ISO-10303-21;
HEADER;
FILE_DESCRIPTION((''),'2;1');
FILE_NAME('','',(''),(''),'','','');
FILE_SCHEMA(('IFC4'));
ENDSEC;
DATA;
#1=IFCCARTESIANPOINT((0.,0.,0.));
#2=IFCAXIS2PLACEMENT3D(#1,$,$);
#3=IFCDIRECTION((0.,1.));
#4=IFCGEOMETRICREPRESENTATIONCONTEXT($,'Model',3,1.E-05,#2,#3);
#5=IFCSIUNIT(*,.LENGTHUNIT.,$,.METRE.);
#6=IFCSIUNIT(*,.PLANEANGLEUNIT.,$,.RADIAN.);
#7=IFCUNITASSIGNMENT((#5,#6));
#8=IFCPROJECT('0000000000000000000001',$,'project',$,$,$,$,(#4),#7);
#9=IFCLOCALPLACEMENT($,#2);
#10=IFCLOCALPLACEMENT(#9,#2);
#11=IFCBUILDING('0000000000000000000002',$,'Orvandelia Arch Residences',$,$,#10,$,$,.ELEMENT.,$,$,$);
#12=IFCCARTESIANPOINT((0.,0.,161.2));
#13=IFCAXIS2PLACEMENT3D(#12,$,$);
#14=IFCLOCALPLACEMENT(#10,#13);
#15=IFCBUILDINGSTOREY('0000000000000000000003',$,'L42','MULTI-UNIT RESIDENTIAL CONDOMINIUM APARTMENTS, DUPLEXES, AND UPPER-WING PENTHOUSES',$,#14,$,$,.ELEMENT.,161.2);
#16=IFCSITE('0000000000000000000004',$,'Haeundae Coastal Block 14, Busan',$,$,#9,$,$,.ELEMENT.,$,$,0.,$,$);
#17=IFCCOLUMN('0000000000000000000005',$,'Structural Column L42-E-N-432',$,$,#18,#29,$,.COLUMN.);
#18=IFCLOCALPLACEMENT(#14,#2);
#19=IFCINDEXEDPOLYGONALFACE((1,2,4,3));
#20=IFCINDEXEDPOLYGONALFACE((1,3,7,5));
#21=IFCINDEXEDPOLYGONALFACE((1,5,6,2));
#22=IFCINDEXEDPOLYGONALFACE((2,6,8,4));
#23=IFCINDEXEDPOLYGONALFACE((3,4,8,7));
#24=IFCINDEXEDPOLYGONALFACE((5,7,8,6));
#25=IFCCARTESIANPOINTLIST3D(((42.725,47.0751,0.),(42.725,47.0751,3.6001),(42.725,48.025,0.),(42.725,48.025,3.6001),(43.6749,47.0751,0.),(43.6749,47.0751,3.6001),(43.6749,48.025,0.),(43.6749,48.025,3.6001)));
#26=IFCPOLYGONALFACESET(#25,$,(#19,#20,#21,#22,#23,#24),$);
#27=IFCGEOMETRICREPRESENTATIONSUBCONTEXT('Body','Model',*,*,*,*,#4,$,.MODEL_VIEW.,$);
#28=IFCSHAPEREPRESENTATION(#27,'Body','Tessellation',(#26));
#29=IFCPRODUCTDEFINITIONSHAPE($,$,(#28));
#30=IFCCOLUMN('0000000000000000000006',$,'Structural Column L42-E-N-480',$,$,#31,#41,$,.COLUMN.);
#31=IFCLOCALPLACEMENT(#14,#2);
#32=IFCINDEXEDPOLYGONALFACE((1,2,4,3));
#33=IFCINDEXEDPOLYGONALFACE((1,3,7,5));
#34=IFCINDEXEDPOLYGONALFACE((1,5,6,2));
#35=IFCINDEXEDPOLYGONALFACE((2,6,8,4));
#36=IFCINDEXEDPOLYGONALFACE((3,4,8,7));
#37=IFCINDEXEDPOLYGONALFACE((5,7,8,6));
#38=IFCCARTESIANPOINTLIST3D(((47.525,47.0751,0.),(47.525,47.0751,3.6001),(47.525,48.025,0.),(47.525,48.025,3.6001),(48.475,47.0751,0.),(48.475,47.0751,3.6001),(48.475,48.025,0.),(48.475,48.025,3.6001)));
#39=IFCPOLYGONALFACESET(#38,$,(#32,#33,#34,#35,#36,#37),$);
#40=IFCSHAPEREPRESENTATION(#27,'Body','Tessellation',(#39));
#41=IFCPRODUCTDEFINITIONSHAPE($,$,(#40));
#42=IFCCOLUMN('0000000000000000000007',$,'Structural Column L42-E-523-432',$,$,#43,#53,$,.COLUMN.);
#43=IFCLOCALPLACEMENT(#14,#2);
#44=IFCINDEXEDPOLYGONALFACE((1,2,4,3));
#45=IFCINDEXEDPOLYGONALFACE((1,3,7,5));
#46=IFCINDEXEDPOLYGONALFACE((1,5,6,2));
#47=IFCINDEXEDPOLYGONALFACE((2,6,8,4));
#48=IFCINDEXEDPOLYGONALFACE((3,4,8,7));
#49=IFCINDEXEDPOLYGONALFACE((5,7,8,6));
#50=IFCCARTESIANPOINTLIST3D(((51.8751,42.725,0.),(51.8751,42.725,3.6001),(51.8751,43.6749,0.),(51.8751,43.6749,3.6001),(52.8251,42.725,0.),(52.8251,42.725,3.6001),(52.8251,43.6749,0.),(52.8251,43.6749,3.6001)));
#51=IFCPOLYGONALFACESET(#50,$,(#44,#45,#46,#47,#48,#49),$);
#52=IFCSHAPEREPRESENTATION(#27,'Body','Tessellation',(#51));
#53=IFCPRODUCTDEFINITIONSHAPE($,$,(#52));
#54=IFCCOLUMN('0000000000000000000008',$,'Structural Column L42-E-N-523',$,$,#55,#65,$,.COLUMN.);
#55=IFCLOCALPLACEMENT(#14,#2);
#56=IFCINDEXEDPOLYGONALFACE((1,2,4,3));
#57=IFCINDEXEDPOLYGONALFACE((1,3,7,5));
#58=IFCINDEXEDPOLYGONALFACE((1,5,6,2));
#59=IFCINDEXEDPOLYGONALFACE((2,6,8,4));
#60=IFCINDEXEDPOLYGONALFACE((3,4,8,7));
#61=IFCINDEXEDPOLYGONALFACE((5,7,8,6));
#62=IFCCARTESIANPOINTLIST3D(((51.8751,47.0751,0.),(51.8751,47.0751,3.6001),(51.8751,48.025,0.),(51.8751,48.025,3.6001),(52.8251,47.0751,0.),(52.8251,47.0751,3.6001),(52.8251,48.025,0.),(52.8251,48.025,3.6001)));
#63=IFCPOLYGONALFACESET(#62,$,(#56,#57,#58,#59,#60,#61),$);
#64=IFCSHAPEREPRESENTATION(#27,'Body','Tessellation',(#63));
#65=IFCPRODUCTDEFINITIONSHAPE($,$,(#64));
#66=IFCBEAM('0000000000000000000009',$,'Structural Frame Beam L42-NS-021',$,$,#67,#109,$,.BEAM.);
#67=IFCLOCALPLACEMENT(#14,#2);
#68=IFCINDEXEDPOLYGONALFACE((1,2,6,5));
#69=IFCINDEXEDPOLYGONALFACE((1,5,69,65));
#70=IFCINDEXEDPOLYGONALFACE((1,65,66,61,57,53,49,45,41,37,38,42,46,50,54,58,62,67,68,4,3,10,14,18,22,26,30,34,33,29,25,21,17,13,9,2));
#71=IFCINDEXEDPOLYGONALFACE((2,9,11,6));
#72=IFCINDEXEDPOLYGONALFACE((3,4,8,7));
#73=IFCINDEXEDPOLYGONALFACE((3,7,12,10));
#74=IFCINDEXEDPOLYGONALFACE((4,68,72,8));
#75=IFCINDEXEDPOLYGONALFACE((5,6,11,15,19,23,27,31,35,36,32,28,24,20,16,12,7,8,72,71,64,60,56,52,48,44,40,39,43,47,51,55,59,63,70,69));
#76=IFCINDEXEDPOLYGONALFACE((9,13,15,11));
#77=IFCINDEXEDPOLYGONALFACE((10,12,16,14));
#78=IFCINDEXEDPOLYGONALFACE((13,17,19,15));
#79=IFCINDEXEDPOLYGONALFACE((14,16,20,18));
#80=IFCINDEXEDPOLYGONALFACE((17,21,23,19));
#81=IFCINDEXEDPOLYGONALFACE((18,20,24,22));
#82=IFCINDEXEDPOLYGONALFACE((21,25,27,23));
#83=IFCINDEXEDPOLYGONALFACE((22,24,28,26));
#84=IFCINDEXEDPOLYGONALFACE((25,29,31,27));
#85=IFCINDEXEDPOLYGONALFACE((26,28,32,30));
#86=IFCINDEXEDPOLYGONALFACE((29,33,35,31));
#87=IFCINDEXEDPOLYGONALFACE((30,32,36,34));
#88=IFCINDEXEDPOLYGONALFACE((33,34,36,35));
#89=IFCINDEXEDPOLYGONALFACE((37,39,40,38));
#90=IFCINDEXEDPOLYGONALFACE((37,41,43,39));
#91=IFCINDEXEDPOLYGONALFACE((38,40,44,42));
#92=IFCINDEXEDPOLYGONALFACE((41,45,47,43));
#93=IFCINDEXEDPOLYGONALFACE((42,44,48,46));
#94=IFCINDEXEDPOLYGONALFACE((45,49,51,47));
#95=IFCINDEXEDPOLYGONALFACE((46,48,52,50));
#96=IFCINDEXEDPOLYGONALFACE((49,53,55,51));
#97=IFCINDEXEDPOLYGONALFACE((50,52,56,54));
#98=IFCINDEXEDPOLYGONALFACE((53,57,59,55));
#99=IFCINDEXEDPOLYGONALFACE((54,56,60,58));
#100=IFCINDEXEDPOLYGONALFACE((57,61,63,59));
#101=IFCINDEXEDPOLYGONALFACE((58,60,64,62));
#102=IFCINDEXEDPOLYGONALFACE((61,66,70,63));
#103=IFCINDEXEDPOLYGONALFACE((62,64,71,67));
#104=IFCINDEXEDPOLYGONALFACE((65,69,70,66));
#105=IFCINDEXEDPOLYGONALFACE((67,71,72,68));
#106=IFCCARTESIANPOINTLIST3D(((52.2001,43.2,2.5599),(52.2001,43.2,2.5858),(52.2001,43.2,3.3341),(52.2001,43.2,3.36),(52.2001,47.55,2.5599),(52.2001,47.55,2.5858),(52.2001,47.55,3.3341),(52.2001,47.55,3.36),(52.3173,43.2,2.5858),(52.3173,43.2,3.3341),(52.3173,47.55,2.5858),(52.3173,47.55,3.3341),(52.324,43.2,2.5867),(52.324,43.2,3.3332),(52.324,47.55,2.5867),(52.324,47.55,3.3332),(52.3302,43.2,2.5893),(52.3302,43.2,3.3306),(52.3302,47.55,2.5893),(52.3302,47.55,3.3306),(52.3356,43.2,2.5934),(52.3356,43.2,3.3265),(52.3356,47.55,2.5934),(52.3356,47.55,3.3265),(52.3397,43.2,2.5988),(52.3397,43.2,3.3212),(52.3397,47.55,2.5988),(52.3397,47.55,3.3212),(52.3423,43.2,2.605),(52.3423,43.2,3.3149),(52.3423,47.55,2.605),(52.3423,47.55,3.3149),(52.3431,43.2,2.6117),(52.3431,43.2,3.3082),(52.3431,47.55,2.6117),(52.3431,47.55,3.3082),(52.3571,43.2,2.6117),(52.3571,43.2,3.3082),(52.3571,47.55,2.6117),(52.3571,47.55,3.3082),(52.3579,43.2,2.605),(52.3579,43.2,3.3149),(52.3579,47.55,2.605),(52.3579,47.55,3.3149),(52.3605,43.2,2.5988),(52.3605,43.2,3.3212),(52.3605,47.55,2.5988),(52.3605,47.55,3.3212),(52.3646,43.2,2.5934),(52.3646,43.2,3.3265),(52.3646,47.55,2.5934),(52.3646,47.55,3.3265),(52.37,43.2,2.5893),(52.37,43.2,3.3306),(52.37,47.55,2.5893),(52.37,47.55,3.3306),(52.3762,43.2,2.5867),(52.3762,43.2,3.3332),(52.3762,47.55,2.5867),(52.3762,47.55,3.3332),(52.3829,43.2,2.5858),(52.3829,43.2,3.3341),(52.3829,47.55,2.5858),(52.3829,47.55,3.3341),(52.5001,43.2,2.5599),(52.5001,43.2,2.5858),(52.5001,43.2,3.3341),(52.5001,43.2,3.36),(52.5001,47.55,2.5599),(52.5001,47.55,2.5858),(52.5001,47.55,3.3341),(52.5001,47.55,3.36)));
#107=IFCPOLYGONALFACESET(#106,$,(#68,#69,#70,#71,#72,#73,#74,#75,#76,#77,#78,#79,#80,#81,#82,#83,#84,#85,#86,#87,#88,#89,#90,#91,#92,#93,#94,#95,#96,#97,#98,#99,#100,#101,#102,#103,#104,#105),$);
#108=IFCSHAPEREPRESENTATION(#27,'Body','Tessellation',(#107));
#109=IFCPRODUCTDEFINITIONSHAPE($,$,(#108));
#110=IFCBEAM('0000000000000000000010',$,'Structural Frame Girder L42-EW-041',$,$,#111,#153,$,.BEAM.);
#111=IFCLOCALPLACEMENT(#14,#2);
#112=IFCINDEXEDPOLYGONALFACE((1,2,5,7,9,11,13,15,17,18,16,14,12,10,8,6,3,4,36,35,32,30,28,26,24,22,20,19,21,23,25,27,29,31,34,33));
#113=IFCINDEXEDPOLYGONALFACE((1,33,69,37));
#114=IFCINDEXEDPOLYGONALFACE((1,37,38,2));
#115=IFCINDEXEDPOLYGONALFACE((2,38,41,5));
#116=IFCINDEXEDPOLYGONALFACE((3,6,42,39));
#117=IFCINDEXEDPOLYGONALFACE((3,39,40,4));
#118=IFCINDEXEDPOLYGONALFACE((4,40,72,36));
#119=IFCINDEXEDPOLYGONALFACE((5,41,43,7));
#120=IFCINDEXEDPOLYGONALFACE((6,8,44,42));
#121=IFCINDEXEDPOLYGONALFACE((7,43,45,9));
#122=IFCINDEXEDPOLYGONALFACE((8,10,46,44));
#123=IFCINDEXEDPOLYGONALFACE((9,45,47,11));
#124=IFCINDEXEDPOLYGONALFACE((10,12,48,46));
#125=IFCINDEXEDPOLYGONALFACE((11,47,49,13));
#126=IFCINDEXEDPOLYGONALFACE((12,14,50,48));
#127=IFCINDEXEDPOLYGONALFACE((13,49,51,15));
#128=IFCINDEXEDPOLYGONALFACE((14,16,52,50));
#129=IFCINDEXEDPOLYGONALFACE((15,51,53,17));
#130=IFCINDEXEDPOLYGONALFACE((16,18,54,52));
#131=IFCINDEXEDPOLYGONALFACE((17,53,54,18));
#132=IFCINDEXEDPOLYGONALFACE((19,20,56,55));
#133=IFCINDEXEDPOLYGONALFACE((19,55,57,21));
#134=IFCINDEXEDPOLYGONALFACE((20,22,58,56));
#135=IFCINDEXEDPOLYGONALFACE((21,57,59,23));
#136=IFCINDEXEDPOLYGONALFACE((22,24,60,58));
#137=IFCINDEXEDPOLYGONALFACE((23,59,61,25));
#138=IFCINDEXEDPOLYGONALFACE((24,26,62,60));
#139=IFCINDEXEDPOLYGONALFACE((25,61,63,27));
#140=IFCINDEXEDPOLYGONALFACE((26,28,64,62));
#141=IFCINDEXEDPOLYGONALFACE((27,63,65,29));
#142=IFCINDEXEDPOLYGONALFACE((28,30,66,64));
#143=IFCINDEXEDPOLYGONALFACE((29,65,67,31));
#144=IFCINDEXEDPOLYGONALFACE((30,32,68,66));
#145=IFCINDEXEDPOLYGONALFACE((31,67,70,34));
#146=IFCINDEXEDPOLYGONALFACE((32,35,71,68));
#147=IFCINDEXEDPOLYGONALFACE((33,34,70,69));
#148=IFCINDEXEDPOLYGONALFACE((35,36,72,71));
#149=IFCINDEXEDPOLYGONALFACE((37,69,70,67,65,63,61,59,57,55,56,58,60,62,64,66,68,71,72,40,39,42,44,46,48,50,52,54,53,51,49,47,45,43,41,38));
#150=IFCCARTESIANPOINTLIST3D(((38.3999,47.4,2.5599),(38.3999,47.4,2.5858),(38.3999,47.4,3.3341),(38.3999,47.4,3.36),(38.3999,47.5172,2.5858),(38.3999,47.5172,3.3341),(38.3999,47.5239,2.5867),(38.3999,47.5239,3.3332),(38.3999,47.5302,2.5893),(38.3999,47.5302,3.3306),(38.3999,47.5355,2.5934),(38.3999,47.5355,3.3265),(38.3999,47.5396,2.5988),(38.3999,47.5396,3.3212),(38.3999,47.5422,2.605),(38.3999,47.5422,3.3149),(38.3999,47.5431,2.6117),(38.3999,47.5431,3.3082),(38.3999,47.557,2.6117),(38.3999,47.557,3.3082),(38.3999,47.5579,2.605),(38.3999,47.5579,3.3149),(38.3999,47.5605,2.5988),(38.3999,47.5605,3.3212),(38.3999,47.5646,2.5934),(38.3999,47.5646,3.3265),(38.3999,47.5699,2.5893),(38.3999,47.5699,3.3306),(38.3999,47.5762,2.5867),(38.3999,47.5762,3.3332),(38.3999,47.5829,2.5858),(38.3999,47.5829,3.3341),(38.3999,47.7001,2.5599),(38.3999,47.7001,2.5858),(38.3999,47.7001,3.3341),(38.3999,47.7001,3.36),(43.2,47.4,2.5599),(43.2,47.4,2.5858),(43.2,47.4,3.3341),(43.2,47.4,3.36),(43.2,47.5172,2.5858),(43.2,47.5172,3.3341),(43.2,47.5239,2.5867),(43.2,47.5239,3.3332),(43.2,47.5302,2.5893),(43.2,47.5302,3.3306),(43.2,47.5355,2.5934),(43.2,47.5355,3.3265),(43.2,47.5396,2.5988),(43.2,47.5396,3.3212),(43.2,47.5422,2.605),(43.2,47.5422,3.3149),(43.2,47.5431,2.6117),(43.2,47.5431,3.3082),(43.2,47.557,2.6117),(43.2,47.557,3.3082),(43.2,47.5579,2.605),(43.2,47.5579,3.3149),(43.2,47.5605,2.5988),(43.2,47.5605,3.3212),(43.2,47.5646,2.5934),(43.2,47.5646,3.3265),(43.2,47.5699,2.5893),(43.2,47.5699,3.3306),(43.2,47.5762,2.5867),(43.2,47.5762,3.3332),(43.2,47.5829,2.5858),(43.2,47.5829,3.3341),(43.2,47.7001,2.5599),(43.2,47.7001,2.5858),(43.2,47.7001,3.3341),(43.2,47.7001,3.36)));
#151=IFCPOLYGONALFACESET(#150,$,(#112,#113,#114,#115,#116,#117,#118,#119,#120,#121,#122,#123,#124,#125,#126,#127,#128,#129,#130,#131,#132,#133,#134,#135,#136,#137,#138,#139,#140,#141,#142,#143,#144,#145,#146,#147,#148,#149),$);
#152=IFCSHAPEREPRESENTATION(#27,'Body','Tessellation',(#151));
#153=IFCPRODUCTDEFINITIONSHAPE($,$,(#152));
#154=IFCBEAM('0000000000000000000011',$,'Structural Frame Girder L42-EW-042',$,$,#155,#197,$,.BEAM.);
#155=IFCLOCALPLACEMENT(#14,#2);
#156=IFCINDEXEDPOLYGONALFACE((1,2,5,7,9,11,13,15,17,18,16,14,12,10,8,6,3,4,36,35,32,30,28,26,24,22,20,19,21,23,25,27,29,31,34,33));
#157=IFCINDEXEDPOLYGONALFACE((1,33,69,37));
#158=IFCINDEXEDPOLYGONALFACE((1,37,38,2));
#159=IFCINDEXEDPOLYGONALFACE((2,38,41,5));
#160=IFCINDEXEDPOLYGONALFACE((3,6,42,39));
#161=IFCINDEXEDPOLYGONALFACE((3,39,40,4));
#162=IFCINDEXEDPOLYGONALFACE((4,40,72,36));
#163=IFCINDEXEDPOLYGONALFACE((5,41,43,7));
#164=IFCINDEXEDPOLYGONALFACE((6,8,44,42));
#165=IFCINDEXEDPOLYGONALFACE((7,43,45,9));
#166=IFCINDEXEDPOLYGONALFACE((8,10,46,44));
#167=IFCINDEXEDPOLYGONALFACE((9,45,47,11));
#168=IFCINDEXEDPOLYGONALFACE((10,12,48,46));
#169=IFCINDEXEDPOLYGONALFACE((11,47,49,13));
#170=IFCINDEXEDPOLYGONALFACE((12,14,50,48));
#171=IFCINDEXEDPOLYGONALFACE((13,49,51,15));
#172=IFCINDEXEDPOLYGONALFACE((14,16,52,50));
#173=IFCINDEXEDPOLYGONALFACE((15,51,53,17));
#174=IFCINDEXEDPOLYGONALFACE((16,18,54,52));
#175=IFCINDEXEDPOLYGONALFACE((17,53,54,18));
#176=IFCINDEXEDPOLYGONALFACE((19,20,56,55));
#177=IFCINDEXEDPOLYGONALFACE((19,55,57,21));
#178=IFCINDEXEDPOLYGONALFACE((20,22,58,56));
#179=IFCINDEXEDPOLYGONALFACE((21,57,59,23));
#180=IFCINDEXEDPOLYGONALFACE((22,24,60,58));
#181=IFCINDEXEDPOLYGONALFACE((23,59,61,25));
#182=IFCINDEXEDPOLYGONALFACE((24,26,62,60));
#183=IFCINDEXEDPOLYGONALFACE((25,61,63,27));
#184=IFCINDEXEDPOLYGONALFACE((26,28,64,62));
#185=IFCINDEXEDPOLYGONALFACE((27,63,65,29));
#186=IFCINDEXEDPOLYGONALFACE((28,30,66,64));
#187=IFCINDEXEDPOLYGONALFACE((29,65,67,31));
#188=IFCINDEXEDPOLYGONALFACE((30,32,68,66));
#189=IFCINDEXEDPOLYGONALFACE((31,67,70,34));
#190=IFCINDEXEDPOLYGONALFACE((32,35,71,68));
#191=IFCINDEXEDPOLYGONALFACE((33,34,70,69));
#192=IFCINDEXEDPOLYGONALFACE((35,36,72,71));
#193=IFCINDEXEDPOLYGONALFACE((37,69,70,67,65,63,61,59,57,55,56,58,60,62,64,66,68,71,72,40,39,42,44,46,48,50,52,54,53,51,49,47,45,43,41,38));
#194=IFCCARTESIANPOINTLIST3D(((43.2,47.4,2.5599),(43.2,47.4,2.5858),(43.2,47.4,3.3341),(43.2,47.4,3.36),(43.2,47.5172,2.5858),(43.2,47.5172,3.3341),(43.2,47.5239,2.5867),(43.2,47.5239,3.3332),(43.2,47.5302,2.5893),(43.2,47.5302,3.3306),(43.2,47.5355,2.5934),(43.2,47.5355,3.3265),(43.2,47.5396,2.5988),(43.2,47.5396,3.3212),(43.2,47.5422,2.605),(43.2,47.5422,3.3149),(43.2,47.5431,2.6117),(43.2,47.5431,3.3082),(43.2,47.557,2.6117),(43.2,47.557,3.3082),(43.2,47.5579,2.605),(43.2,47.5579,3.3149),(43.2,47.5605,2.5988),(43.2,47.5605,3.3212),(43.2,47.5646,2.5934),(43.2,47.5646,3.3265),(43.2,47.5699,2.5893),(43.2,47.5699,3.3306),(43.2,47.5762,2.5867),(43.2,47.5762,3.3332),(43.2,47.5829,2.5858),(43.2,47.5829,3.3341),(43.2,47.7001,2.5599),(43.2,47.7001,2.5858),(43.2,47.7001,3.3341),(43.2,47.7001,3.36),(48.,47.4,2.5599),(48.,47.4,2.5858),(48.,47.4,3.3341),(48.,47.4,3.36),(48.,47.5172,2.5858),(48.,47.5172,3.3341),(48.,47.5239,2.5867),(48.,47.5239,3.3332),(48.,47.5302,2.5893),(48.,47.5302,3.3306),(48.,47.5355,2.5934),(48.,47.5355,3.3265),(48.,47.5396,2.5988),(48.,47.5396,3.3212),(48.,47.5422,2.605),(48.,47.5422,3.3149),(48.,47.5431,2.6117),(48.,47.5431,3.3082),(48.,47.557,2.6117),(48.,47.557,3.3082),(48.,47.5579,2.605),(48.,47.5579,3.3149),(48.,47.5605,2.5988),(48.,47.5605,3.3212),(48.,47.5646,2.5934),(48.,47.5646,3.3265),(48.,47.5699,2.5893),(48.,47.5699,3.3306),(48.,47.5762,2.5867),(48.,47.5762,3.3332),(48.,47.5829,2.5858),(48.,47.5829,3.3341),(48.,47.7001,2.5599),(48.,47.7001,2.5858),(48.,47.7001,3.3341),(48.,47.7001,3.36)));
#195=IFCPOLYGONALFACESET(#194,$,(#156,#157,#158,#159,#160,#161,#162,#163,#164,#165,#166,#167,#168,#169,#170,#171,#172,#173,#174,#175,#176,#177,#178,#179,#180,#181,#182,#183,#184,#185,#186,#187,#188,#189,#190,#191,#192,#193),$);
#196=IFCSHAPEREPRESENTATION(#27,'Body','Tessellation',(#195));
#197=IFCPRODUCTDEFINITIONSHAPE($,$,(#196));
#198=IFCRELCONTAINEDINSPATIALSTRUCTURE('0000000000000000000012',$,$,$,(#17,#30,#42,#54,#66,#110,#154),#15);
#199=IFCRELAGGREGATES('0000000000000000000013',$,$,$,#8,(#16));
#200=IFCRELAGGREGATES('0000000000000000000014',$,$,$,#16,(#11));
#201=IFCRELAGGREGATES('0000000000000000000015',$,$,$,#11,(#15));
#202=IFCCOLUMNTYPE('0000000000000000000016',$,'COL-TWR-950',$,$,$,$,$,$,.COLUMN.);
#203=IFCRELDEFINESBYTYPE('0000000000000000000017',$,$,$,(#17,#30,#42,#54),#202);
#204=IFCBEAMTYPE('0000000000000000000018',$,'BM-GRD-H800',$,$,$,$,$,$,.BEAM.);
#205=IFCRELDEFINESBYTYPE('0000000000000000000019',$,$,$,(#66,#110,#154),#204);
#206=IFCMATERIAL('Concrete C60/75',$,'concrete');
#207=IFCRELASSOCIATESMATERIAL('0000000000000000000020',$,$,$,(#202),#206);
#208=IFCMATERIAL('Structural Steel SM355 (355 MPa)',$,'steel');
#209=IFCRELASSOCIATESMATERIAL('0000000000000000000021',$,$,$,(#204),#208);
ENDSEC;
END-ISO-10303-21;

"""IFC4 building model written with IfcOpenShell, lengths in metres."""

from ifc_helpers import new_model, si_unit, direction, frame, origin, origin_2d, place, context, subcontext, project, spatial, rectangle, i_section, extrude, material, material_profile, profile_set, type_object, element, save


model = new_model("IFC4")

# Units and contexts
model_context = context("Model", 3, precision=1e-05, world=origin(), true_north=direction((0.0, 1.0)))
body_context = subcontext(model_context, "Body", "Model", "MODEL_VIEW")
ifc_project = project(units=[si_unit("LENGTHUNIT", "METRE"), si_unit("PLANEANGLEUNIT", "RADIAN")], contexts=[model_context])

# Site, building, storey
site_placement = place(None, origin())
site = spatial("IfcSite", under=ifc_project, at=site_placement, Name="Haeundae Coastal Block 14, Busan", CompositionType="ELEMENT", RefElevation=0.0)
building_placement = place(site_placement, origin())
building = spatial("IfcBuilding", under=site, at=building_placement, Name="Orvandelia Arch Residences", CompositionType="ELEMENT")
storey_placement = place(building_placement, frame((0.0, 0.0, 161.2)))
storey = spatial("IfcBuildingStorey", under=building, at=storey_placement, Name="L42", Description="MULTI-UNIT RESIDENTIAL CONDOMINIUM APARTMENTS, DUPLEXES, AND UPPER-WING PENTHOUSES", CompositionType="ELEMENT", Elevation=161.2)

# Columns
ifc_material_1 = material(Name="Concrete C60/75", Category="concrete")
ifc_material_profile_1 = material_profile(ifc_material_1, rectangle(XDim=0.95, YDim=0.95, at=origin_2d()), Name="Concrete C60/75", Category="concrete")
ifc_profile_set_1 = profile_set([ifc_material_profile_1], Name="Concrete C60/75")
column_type = type_object("IfcColumnType", Name="COL-TWR-950", PredefinedType="COLUMN", material=ifc_profile_set_1)
for number, where, z_axis, x_axis, name in (
    (1, (43.2, 47.55, 0.0), (0.0, 0.0, 1.0), (1.0, 0.0, 0.0), "Structural Column L42-E-N-432"),
    (2, (48.0, 47.55, 0.0), (0.0, 0.0, 1.0), (1.0, 0.0, 0.0), "Structural Column L42-E-N-480"),
    (3, (52.3501, 43.2, 0.0), (0.0, 0.0, 1.0), (1.0, 0.0, 0.0), "Structural Column L42-E-523-432"),
    (4, (52.3501, 47.55, 0.0), (0.0, 0.0, 1.0), (1.0, 0.0, 0.0), "Structural Column L42-E-N-523"),
):
    element("IfcColumn", number, at=place(storey_placement, frame(where, z_axis=z_axis, x_axis=x_axis)), inside=storey, type_object=column_type, Name=name, PredefinedType="COLUMN", context=body_context, shape_type="SweptSolid", body=[
        extrude(rectangle(XDim=0.95, YDim=0.95, at=origin_2d()), origin(), (0.0, 0.0, 1.0), 3.6001),
    ])

# Beams
ifc_material_2 = material(Name="Structural Steel SM355 (355 MPa)", Category="steel")
ifc_material_profile_2 = material_profile(ifc_material_2, i_section(OverallWidth=0.3, OverallDepth=0.8, WebThickness=0.0139, FlangeThickness=0.0259, FilletRadius=0.0259, at=origin_2d()), Name="Structural Steel SM355 (355 MPa)", Category="steel")
ifc_profile_set_2 = profile_set([ifc_material_profile_2], Name="Structural Steel SM355 (355 MPa)")
beam_type = type_object("IfcBeamType", Name="BM-GRD-H800", PredefinedType="BEAM", material=ifc_profile_set_2)
beam_1_placement = place(storey_placement, frame((52.3501, 43.2, 2.96), z_axis=(0.0, 1.0, 0.0), x_axis=(-1.0, 0.0, 0.0)))
element("IfcBeam", 5, at=beam_1_placement, inside=storey, type_object=beam_type, Name="Structural Frame Beam L42-NS-021", PredefinedType="BEAM", context=body_context, shape_type="SweptSolid", body=[
    extrude(i_section(OverallWidth=0.3, OverallDepth=0.8, WebThickness=0.0139, FlangeThickness=0.0259, FilletRadius=0.0259, at=origin_2d()), origin(), (0.0, 0.0, 1.0), 4.3501),
])
for number, where, z_axis, x_axis, name in (
    (6, (38.3999, 47.55, 2.96), (1.0, 0.0, 0.0), (0.0, 1.0, 0.0), "Structural Frame Girder L42-EW-041"),
    (7, (43.2, 47.55, 2.96), (1.0, 0.0, 0.0), (0.0, 1.0, 0.0), "Structural Frame Girder L42-EW-042"),
):
    element("IfcBeam", number, at=place(storey_placement, frame(where, z_axis=z_axis, x_axis=x_axis)), inside=storey, type_object=beam_type, Name=name, PredefinedType="BEAM", context=body_context, shape_type="SweptSolid", body=[
        extrude(i_section(OverallWidth=0.3, OverallDepth=0.8, WebThickness=0.0139, FlangeThickness=0.0259, FilletRadius=0.0259, at=origin_2d()), origin(), (0.0, 0.0, 1.0), 4.8),
    ])

save(model, "model.ifc")
